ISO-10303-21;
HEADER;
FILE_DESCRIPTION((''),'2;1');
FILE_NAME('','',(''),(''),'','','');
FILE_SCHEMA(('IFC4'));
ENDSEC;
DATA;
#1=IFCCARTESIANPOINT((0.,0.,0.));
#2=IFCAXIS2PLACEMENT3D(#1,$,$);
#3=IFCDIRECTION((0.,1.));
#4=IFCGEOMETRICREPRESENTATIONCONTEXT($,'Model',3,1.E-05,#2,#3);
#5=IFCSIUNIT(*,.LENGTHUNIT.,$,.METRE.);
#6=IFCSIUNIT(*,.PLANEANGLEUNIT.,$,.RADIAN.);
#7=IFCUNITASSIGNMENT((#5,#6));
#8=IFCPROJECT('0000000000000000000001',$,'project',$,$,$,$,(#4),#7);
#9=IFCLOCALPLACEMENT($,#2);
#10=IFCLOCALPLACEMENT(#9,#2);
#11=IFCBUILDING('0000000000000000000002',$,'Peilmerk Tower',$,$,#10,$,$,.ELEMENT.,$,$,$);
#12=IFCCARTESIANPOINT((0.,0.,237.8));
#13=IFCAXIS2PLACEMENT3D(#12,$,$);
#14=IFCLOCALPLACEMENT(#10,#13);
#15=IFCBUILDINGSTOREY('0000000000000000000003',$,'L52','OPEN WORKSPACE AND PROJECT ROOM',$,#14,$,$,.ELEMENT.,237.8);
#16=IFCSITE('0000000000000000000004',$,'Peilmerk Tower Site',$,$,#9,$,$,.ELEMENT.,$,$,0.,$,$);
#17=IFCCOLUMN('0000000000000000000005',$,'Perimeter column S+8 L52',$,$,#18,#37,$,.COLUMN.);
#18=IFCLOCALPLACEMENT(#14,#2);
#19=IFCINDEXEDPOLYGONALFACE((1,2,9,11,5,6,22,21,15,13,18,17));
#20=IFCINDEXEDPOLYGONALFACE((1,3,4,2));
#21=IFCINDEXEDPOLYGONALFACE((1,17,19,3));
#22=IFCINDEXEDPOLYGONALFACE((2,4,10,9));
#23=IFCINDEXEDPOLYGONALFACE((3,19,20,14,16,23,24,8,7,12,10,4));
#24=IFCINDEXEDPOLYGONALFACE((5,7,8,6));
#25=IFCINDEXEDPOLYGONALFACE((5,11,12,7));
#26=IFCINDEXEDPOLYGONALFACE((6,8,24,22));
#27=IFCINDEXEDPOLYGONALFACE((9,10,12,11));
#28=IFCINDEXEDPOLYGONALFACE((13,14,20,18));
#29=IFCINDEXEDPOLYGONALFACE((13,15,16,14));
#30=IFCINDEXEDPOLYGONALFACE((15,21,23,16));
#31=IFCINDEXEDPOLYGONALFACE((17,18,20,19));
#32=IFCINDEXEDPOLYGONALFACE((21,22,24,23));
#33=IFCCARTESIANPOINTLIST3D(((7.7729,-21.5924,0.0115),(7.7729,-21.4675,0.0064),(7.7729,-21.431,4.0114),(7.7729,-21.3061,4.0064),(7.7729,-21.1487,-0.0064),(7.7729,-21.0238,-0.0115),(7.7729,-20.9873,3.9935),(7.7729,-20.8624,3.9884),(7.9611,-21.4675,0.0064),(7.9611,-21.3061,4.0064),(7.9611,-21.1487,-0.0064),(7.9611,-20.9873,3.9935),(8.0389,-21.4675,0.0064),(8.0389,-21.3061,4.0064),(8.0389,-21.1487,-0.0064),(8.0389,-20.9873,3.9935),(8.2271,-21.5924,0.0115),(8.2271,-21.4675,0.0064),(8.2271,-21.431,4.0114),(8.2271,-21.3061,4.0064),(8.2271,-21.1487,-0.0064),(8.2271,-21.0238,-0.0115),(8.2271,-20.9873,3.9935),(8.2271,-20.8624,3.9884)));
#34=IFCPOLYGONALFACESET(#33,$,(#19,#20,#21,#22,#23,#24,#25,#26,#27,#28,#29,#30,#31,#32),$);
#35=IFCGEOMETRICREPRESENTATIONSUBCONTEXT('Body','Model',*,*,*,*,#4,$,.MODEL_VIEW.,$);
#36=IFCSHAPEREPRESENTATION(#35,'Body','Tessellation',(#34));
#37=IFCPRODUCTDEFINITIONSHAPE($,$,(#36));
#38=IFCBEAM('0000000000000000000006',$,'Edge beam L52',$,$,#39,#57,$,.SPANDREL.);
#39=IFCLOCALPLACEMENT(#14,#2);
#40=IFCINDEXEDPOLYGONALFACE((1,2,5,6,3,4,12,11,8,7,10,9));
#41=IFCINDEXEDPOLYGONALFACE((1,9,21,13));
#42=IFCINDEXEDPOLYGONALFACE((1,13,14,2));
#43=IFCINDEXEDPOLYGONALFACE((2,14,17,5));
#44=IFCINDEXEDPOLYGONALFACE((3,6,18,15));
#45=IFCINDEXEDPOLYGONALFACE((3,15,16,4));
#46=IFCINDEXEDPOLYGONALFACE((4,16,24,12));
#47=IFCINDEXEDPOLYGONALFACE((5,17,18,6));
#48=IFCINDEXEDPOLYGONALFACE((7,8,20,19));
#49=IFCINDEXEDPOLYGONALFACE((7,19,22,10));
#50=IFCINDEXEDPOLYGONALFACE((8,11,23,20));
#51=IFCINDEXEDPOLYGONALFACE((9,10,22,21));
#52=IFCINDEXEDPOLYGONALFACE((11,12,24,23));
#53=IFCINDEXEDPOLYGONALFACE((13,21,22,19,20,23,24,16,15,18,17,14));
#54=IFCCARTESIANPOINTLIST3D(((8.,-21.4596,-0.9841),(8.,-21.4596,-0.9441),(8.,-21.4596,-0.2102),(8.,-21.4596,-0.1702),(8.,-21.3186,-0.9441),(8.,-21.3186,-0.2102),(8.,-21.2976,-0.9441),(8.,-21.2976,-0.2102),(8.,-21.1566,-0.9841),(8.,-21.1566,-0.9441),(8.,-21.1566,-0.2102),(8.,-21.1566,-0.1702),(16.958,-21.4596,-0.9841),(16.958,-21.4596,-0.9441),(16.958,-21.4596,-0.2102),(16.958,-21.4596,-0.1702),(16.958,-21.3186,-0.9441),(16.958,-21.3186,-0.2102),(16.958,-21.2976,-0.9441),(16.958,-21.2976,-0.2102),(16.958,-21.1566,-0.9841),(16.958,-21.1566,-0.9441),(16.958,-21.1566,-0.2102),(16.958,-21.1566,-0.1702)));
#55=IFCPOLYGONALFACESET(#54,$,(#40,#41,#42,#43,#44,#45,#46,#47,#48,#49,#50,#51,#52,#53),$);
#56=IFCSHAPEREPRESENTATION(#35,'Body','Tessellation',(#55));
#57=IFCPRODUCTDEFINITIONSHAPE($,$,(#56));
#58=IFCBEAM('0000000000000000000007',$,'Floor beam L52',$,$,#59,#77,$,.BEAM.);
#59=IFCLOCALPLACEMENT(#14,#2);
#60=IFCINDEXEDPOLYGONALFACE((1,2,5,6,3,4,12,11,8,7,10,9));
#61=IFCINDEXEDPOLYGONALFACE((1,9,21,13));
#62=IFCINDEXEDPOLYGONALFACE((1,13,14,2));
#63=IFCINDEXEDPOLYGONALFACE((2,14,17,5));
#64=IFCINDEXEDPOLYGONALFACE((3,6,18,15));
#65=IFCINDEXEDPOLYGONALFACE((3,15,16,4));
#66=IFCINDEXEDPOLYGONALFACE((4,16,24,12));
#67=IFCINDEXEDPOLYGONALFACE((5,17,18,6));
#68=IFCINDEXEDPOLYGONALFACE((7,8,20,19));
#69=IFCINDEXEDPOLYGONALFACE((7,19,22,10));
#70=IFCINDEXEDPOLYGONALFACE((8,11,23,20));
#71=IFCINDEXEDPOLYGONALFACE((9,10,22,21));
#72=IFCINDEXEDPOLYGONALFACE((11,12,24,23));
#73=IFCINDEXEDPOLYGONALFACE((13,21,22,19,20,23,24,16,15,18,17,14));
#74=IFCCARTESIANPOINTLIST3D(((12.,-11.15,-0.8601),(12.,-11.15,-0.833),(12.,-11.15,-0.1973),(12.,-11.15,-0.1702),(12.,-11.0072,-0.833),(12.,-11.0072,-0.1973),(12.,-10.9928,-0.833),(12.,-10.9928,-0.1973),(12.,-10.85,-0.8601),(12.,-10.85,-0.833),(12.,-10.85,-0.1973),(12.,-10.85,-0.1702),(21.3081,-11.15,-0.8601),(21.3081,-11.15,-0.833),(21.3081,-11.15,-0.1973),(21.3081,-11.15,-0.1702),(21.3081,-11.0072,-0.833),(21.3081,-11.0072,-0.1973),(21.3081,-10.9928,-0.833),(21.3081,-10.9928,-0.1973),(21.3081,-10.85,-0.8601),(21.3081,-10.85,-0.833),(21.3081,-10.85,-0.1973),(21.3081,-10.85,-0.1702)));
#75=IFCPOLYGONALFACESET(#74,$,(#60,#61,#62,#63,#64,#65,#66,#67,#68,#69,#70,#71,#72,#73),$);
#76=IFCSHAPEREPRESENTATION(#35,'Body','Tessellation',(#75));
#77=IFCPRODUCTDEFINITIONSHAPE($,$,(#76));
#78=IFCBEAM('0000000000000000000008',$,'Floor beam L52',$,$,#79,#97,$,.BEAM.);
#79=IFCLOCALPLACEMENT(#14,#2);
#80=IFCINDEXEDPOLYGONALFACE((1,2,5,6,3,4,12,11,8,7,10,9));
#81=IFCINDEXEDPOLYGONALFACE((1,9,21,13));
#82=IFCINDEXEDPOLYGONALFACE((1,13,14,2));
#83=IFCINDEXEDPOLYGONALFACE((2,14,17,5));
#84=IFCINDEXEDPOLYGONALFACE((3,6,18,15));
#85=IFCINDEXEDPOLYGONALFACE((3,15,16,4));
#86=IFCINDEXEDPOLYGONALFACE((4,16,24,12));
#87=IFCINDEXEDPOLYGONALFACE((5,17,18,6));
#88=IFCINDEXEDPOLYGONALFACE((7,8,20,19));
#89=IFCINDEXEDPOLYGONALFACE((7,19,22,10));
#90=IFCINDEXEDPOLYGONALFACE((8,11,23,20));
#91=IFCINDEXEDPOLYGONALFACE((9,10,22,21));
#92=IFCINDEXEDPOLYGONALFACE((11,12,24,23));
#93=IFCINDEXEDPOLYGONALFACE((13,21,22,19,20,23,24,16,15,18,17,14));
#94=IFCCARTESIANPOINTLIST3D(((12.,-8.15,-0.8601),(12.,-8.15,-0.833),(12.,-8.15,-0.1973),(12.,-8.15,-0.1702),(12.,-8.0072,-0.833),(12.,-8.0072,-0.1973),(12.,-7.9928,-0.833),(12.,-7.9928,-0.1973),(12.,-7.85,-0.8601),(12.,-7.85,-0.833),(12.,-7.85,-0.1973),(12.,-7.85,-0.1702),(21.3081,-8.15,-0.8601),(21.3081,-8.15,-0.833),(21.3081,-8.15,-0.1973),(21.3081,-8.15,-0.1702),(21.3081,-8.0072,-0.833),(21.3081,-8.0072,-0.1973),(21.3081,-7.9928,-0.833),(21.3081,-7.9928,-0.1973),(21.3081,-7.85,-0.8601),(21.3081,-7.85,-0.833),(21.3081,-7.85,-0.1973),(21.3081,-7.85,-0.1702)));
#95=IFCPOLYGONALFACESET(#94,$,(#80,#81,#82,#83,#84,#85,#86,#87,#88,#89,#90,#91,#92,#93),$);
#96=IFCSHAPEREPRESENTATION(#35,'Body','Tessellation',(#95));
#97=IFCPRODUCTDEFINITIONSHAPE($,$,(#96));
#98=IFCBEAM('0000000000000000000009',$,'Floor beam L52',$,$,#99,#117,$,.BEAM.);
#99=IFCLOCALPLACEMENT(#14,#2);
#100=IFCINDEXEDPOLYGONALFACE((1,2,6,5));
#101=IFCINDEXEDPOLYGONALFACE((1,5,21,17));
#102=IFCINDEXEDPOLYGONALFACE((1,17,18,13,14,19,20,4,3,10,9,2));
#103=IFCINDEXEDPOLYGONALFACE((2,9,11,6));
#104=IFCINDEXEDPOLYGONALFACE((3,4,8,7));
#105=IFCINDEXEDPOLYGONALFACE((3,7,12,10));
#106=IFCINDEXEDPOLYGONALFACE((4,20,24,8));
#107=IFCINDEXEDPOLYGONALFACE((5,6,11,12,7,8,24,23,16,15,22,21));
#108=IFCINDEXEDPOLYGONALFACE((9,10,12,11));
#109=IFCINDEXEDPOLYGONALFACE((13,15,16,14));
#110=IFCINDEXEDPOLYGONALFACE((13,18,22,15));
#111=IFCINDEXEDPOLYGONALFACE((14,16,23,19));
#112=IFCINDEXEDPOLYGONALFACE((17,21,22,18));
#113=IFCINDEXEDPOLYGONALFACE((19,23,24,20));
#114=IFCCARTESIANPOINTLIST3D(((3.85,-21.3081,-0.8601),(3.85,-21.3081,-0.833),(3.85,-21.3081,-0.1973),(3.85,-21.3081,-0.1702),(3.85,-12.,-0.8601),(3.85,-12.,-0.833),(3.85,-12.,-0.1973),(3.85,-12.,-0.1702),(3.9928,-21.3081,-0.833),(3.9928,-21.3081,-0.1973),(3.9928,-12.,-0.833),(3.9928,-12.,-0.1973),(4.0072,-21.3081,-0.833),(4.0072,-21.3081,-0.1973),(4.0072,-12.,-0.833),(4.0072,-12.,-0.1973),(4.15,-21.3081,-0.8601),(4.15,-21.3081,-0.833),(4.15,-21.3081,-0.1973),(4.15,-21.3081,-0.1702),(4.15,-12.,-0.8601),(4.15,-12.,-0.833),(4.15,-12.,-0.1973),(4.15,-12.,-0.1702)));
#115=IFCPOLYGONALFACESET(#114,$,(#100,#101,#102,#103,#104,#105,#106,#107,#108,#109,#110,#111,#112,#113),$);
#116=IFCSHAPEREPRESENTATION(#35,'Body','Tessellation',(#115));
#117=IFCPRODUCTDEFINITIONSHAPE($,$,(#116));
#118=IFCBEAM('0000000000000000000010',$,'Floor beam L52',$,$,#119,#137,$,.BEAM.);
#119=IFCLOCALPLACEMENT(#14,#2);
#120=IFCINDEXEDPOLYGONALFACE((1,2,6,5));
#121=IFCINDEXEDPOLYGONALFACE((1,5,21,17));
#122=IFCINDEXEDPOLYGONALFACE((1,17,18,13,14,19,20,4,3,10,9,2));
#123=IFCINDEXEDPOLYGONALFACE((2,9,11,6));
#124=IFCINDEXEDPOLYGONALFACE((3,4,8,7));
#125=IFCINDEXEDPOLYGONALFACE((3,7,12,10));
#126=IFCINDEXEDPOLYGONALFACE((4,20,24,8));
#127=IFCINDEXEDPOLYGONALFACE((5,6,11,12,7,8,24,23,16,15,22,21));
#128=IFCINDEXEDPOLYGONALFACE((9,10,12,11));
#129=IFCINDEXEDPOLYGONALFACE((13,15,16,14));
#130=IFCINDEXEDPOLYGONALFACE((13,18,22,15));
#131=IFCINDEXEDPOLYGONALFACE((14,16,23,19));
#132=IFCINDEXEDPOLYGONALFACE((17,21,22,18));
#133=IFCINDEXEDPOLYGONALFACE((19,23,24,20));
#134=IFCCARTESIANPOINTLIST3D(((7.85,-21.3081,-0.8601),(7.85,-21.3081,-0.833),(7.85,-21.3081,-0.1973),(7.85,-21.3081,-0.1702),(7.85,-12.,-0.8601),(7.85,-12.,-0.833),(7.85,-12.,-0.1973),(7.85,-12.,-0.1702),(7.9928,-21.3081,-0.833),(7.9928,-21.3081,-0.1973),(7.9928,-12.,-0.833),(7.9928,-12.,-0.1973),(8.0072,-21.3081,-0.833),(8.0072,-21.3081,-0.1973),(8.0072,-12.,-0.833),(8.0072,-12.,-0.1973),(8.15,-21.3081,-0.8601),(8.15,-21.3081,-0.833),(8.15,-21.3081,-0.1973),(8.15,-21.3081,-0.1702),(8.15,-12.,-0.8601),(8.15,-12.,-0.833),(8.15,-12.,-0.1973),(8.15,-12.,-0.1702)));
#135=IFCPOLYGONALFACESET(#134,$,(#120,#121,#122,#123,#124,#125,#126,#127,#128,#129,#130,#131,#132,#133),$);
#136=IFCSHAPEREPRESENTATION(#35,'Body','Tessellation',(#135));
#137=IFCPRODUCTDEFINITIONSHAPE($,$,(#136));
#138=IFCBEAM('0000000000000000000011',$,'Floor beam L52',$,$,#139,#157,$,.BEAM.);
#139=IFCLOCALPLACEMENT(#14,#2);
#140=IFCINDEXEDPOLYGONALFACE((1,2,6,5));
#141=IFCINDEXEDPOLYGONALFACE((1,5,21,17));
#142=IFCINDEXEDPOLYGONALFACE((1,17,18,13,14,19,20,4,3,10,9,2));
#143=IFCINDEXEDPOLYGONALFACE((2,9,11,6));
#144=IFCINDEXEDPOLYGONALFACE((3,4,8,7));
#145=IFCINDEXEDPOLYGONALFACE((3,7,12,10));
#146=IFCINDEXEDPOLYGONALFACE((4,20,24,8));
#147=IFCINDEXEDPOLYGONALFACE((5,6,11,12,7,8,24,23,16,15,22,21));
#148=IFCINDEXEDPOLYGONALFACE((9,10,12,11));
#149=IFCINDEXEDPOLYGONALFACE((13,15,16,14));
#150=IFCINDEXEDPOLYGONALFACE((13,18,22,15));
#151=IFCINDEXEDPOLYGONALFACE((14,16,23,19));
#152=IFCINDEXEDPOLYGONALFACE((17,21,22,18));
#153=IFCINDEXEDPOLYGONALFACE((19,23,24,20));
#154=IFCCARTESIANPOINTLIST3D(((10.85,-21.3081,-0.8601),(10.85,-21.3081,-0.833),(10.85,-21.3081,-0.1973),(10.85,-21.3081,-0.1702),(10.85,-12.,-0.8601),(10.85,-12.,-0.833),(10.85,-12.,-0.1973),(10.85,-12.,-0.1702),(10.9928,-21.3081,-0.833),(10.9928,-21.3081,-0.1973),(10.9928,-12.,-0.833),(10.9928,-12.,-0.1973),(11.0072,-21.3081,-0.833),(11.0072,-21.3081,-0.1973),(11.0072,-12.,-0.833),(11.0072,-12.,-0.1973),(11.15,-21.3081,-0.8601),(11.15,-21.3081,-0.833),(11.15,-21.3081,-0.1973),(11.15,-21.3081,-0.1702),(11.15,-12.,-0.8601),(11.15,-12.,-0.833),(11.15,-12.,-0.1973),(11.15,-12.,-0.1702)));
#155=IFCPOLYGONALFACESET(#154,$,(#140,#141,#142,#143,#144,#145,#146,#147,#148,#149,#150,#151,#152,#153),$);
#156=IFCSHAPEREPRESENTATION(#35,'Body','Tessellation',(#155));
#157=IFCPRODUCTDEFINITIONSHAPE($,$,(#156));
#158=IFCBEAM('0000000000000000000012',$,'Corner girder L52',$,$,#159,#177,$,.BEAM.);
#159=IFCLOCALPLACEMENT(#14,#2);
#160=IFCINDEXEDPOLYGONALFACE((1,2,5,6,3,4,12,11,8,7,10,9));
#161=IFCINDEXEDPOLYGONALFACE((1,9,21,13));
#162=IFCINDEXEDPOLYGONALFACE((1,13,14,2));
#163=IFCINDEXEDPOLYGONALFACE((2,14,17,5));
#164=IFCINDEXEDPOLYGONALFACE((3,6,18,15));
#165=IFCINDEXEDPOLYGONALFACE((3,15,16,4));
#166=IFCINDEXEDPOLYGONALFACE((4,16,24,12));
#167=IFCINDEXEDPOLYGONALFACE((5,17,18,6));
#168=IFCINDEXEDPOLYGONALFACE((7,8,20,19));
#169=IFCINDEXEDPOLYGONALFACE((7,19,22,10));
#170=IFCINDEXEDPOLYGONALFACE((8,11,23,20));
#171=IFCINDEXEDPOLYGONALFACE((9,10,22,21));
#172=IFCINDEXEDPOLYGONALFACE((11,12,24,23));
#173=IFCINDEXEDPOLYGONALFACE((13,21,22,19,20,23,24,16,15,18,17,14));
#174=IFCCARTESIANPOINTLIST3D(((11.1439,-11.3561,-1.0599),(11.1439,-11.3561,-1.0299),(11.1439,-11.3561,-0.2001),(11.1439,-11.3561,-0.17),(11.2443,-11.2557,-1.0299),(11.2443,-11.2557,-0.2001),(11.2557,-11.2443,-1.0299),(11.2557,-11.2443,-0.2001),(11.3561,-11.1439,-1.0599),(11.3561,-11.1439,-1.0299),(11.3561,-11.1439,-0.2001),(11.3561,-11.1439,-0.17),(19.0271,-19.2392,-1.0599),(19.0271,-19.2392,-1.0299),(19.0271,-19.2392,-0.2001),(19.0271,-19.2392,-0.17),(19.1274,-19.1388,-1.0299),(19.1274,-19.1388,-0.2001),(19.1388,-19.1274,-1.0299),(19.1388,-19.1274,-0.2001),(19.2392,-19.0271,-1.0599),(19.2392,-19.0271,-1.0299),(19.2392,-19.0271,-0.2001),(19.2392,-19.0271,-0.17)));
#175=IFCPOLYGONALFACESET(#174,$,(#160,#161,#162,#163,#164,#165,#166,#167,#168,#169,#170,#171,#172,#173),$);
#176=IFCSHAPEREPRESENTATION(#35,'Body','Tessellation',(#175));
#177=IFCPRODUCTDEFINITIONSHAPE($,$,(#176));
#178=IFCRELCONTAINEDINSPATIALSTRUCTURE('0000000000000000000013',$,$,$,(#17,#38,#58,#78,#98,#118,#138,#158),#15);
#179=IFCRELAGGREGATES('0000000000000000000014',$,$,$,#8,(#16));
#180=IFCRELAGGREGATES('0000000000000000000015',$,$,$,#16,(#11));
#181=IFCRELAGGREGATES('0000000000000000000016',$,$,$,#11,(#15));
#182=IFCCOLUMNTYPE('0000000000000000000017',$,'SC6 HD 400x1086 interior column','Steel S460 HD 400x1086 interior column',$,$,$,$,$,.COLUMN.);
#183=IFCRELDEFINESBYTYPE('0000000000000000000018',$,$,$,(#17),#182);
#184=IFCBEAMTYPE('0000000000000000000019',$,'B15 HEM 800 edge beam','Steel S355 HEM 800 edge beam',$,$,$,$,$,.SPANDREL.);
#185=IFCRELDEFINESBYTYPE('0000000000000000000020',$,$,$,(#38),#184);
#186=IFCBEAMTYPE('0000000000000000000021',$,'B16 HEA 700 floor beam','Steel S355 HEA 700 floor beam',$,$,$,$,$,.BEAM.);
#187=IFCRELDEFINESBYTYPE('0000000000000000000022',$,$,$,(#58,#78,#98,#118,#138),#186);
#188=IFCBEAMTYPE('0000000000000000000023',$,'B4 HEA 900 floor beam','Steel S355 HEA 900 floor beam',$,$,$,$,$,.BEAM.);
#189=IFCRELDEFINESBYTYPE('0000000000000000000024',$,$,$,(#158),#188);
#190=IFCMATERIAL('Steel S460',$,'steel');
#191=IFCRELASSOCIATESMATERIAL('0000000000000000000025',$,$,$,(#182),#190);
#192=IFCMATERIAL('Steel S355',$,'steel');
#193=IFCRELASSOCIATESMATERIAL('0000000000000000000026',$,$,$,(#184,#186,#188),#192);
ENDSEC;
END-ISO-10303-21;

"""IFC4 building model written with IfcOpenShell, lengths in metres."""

from ifc_helpers import new_model, si_unit, direction, frame, origin, origin_2d, place, context, subcontext, project, spatial, i_section, extrude, material, material_profile, profile_set, type_object, element, save


model = new_model("IFC4")

# Units and contexts
model_context = context("Model", 3, precision=1e-05, world=origin(), true_north=direction((0.0, 1.0)))
body_context = subcontext(model_context, "Body", "Model", "MODEL_VIEW")
ifc_project = project(units=[si_unit("LENGTHUNIT", "METRE"), si_unit("PLANEANGLEUNIT", "RADIAN")], contexts=[model_context])

# Site, building, storey
site_placement = place(None, origin())
site = spatial("IfcSite", under=ifc_project, at=site_placement, Name="Peilmerk Tower Site", CompositionType="ELEMENT", RefElevation=0.0)
building_placement = place(site_placement, origin())
building = spatial("IfcBuilding", under=site, at=building_placement, Name="Peilmerk Tower", CompositionType="ELEMENT")
storey_placement = place(building_placement, frame((0.0, 0.0, 237.8)))
storey = spatial("IfcBuildingStorey", under=building, at=storey_placement, Name="L52", Description="OPEN WORKSPACE AND PROJECT ROOM", CompositionType="ELEMENT", Elevation=237.8)

# Column
ifc_material_1 = material(Name="Steel S460", Category="steel")
ifc_material_profile_1 = material_profile(ifc_material_1, i_section(OverallWidth=0.4541, OverallDepth=0.5691, WebThickness=0.0779, FlangeThickness=0.125, at=origin_2d()), Name="HD 400x1086")
ifc_profile_set_1 = profile_set([ifc_material_profile_1], Name="Steel S460")
column_type = type_object("IfcColumnType", Name="SC6 HD 400x1086 interior column", Description="Steel S460 HD 400x1086 interior column", PredefinedType="COLUMN", material=ifc_profile_set_1)
column_placement = place(storey_placement, frame((8.0, -21.3081, 0.0), z_axis=(0.0, 0.040311, 0.999187), x_axis=(-1.0, 0.0, 0.0)))
element("IfcColumn", 1, at=column_placement, inside=storey, type_object=column_type, Name="Perimeter column S+8 L52", PredefinedType="COLUMN", context=body_context, shape_type="SweptSolid", body=[
    extrude(i_section(OverallWidth=0.4541, OverallDepth=0.5691, WebThickness=0.0779, FlangeThickness=0.125, at=origin_2d()), origin(), (0.0, 0.0, 1.0), 4.0032),
])

# Beams
ifc_material_2 = material(Name="Steel S355", Category="steel")
ifc_material_profile_2 = material_profile(ifc_material_2, i_section(OverallWidth=0.303, OverallDepth=0.814, WebThickness=0.021, FlangeThickness=0.04, at=origin_2d()), Name="HEM 800")
ifc_profile_set_2 = profile_set([ifc_material_profile_2], Name="Steel S355")
beam_type_1 = type_object("IfcBeamType", Name="B15 HEM 800 edge beam", Description="Steel S355 HEM 800 edge beam", PredefinedType="SPANDREL", material=ifc_profile_set_2)
beam_1_placement = place(storey_placement, frame((8.0, -21.3081, -0.5771), z_axis=(1.0, 0.0, 0.0), x_axis=(0.0, 1.0, 0.0)))
element("IfcBeam", 2, at=beam_1_placement, inside=storey, type_object=beam_type_1, Name="Edge beam L52", PredefinedType="SPANDREL", context=body_context, shape_type="SweptSolid", body=[
    extrude(i_section(OverallWidth=0.303, OverallDepth=0.814, WebThickness=0.021, FlangeThickness=0.04, at=origin_2d()), origin(), (0.0, 0.0, 1.0), 8.958),
])
ifc_material_profile_3 = material_profile(ifc_material_2, i_section(OverallWidth=0.3, OverallDepth=0.6899, WebThickness=0.0144, FlangeThickness=0.0271, at=origin_2d()), Name="HEA 700")
ifc_profile_set_3 = profile_set([ifc_material_profile_3], Name="Steel S355")
beam_type_2 = type_object("IfcBeamType", Name="B16 HEA 700 floor beam", Description="Steel S355 HEA 700 floor beam", PredefinedType="BEAM", material=ifc_profile_set_3)
for number, where, z_axis, x_axis, name in (
    (3, (12.0, -11.0, -0.5151), (1.0, 0.0, 0.0), (0.0, 1.0, 0.0), "Floor beam L52"),
    (4, (12.0, -8.0, -0.5151), (1.0, 0.0, 0.0), (0.0, 1.0, 0.0), "Floor beam L52"),
    (5, (4.0, -12.0, -0.5151), (0.0, -1.0, 0.0), (1.0, 0.0, 0.0), "Floor beam L52"),
    (6, (8.0, -12.0, -0.5151), (0.0, -1.0, 0.0), (1.0, 0.0, 0.0), "Floor beam L52"),
    (7, (11.0, -12.0, -0.5151), (0.0, -1.0, 0.0), (1.0, 0.0, 0.0), "Floor beam L52"),
):
    element("IfcBeam", number, at=place(storey_placement, frame(where, z_axis=z_axis, x_axis=x_axis)), inside=storey, type_object=beam_type_2, Name=name, PredefinedType="BEAM", context=body_context, shape_type="SweptSolid", body=[
        extrude(i_section(OverallWidth=0.3, OverallDepth=0.6899, WebThickness=0.0144, FlangeThickness=0.0271, at=origin_2d()), origin(), (0.0, 0.0, 1.0), 9.3081),
    ])
ifc_material_profile_4 = material_profile(ifc_material_2, i_section(OverallWidth=0.3, OverallDepth=0.8899, WebThickness=0.0161, FlangeThickness=0.03, at=origin_2d()), Name="HEA 900")
ifc_profile_set_4 = profile_set([ifc_material_profile_4], Name="Steel S355")
beam_type_3 = type_object("IfcBeamType", Name="B4 HEA 900 floor beam", Description="Steel S355 HEA 900 floor beam", PredefinedType="BEAM", material=ifc_profile_set_4)
beam_2_placement = place(storey_placement, frame((11.25, -11.25, -0.615), z_axis=(0.707107, -0.707107, 0.0), x_axis=(0.707107, 0.707107, 0.0)))
element("IfcBeam", 8, at=beam_2_placement, inside=storey, type_object=beam_type_3, Name="Corner girder L52", PredefinedType="BEAM", context=body_context, shape_type="SweptSolid", body=[
    extrude(i_section(OverallWidth=0.3, OverallDepth=0.8899, WebThickness=0.0161, FlangeThickness=0.03, at=origin_2d()), origin(), (0.0, 0.0, 1.0), 11.1484),
])

save(model, "model.ifc")
